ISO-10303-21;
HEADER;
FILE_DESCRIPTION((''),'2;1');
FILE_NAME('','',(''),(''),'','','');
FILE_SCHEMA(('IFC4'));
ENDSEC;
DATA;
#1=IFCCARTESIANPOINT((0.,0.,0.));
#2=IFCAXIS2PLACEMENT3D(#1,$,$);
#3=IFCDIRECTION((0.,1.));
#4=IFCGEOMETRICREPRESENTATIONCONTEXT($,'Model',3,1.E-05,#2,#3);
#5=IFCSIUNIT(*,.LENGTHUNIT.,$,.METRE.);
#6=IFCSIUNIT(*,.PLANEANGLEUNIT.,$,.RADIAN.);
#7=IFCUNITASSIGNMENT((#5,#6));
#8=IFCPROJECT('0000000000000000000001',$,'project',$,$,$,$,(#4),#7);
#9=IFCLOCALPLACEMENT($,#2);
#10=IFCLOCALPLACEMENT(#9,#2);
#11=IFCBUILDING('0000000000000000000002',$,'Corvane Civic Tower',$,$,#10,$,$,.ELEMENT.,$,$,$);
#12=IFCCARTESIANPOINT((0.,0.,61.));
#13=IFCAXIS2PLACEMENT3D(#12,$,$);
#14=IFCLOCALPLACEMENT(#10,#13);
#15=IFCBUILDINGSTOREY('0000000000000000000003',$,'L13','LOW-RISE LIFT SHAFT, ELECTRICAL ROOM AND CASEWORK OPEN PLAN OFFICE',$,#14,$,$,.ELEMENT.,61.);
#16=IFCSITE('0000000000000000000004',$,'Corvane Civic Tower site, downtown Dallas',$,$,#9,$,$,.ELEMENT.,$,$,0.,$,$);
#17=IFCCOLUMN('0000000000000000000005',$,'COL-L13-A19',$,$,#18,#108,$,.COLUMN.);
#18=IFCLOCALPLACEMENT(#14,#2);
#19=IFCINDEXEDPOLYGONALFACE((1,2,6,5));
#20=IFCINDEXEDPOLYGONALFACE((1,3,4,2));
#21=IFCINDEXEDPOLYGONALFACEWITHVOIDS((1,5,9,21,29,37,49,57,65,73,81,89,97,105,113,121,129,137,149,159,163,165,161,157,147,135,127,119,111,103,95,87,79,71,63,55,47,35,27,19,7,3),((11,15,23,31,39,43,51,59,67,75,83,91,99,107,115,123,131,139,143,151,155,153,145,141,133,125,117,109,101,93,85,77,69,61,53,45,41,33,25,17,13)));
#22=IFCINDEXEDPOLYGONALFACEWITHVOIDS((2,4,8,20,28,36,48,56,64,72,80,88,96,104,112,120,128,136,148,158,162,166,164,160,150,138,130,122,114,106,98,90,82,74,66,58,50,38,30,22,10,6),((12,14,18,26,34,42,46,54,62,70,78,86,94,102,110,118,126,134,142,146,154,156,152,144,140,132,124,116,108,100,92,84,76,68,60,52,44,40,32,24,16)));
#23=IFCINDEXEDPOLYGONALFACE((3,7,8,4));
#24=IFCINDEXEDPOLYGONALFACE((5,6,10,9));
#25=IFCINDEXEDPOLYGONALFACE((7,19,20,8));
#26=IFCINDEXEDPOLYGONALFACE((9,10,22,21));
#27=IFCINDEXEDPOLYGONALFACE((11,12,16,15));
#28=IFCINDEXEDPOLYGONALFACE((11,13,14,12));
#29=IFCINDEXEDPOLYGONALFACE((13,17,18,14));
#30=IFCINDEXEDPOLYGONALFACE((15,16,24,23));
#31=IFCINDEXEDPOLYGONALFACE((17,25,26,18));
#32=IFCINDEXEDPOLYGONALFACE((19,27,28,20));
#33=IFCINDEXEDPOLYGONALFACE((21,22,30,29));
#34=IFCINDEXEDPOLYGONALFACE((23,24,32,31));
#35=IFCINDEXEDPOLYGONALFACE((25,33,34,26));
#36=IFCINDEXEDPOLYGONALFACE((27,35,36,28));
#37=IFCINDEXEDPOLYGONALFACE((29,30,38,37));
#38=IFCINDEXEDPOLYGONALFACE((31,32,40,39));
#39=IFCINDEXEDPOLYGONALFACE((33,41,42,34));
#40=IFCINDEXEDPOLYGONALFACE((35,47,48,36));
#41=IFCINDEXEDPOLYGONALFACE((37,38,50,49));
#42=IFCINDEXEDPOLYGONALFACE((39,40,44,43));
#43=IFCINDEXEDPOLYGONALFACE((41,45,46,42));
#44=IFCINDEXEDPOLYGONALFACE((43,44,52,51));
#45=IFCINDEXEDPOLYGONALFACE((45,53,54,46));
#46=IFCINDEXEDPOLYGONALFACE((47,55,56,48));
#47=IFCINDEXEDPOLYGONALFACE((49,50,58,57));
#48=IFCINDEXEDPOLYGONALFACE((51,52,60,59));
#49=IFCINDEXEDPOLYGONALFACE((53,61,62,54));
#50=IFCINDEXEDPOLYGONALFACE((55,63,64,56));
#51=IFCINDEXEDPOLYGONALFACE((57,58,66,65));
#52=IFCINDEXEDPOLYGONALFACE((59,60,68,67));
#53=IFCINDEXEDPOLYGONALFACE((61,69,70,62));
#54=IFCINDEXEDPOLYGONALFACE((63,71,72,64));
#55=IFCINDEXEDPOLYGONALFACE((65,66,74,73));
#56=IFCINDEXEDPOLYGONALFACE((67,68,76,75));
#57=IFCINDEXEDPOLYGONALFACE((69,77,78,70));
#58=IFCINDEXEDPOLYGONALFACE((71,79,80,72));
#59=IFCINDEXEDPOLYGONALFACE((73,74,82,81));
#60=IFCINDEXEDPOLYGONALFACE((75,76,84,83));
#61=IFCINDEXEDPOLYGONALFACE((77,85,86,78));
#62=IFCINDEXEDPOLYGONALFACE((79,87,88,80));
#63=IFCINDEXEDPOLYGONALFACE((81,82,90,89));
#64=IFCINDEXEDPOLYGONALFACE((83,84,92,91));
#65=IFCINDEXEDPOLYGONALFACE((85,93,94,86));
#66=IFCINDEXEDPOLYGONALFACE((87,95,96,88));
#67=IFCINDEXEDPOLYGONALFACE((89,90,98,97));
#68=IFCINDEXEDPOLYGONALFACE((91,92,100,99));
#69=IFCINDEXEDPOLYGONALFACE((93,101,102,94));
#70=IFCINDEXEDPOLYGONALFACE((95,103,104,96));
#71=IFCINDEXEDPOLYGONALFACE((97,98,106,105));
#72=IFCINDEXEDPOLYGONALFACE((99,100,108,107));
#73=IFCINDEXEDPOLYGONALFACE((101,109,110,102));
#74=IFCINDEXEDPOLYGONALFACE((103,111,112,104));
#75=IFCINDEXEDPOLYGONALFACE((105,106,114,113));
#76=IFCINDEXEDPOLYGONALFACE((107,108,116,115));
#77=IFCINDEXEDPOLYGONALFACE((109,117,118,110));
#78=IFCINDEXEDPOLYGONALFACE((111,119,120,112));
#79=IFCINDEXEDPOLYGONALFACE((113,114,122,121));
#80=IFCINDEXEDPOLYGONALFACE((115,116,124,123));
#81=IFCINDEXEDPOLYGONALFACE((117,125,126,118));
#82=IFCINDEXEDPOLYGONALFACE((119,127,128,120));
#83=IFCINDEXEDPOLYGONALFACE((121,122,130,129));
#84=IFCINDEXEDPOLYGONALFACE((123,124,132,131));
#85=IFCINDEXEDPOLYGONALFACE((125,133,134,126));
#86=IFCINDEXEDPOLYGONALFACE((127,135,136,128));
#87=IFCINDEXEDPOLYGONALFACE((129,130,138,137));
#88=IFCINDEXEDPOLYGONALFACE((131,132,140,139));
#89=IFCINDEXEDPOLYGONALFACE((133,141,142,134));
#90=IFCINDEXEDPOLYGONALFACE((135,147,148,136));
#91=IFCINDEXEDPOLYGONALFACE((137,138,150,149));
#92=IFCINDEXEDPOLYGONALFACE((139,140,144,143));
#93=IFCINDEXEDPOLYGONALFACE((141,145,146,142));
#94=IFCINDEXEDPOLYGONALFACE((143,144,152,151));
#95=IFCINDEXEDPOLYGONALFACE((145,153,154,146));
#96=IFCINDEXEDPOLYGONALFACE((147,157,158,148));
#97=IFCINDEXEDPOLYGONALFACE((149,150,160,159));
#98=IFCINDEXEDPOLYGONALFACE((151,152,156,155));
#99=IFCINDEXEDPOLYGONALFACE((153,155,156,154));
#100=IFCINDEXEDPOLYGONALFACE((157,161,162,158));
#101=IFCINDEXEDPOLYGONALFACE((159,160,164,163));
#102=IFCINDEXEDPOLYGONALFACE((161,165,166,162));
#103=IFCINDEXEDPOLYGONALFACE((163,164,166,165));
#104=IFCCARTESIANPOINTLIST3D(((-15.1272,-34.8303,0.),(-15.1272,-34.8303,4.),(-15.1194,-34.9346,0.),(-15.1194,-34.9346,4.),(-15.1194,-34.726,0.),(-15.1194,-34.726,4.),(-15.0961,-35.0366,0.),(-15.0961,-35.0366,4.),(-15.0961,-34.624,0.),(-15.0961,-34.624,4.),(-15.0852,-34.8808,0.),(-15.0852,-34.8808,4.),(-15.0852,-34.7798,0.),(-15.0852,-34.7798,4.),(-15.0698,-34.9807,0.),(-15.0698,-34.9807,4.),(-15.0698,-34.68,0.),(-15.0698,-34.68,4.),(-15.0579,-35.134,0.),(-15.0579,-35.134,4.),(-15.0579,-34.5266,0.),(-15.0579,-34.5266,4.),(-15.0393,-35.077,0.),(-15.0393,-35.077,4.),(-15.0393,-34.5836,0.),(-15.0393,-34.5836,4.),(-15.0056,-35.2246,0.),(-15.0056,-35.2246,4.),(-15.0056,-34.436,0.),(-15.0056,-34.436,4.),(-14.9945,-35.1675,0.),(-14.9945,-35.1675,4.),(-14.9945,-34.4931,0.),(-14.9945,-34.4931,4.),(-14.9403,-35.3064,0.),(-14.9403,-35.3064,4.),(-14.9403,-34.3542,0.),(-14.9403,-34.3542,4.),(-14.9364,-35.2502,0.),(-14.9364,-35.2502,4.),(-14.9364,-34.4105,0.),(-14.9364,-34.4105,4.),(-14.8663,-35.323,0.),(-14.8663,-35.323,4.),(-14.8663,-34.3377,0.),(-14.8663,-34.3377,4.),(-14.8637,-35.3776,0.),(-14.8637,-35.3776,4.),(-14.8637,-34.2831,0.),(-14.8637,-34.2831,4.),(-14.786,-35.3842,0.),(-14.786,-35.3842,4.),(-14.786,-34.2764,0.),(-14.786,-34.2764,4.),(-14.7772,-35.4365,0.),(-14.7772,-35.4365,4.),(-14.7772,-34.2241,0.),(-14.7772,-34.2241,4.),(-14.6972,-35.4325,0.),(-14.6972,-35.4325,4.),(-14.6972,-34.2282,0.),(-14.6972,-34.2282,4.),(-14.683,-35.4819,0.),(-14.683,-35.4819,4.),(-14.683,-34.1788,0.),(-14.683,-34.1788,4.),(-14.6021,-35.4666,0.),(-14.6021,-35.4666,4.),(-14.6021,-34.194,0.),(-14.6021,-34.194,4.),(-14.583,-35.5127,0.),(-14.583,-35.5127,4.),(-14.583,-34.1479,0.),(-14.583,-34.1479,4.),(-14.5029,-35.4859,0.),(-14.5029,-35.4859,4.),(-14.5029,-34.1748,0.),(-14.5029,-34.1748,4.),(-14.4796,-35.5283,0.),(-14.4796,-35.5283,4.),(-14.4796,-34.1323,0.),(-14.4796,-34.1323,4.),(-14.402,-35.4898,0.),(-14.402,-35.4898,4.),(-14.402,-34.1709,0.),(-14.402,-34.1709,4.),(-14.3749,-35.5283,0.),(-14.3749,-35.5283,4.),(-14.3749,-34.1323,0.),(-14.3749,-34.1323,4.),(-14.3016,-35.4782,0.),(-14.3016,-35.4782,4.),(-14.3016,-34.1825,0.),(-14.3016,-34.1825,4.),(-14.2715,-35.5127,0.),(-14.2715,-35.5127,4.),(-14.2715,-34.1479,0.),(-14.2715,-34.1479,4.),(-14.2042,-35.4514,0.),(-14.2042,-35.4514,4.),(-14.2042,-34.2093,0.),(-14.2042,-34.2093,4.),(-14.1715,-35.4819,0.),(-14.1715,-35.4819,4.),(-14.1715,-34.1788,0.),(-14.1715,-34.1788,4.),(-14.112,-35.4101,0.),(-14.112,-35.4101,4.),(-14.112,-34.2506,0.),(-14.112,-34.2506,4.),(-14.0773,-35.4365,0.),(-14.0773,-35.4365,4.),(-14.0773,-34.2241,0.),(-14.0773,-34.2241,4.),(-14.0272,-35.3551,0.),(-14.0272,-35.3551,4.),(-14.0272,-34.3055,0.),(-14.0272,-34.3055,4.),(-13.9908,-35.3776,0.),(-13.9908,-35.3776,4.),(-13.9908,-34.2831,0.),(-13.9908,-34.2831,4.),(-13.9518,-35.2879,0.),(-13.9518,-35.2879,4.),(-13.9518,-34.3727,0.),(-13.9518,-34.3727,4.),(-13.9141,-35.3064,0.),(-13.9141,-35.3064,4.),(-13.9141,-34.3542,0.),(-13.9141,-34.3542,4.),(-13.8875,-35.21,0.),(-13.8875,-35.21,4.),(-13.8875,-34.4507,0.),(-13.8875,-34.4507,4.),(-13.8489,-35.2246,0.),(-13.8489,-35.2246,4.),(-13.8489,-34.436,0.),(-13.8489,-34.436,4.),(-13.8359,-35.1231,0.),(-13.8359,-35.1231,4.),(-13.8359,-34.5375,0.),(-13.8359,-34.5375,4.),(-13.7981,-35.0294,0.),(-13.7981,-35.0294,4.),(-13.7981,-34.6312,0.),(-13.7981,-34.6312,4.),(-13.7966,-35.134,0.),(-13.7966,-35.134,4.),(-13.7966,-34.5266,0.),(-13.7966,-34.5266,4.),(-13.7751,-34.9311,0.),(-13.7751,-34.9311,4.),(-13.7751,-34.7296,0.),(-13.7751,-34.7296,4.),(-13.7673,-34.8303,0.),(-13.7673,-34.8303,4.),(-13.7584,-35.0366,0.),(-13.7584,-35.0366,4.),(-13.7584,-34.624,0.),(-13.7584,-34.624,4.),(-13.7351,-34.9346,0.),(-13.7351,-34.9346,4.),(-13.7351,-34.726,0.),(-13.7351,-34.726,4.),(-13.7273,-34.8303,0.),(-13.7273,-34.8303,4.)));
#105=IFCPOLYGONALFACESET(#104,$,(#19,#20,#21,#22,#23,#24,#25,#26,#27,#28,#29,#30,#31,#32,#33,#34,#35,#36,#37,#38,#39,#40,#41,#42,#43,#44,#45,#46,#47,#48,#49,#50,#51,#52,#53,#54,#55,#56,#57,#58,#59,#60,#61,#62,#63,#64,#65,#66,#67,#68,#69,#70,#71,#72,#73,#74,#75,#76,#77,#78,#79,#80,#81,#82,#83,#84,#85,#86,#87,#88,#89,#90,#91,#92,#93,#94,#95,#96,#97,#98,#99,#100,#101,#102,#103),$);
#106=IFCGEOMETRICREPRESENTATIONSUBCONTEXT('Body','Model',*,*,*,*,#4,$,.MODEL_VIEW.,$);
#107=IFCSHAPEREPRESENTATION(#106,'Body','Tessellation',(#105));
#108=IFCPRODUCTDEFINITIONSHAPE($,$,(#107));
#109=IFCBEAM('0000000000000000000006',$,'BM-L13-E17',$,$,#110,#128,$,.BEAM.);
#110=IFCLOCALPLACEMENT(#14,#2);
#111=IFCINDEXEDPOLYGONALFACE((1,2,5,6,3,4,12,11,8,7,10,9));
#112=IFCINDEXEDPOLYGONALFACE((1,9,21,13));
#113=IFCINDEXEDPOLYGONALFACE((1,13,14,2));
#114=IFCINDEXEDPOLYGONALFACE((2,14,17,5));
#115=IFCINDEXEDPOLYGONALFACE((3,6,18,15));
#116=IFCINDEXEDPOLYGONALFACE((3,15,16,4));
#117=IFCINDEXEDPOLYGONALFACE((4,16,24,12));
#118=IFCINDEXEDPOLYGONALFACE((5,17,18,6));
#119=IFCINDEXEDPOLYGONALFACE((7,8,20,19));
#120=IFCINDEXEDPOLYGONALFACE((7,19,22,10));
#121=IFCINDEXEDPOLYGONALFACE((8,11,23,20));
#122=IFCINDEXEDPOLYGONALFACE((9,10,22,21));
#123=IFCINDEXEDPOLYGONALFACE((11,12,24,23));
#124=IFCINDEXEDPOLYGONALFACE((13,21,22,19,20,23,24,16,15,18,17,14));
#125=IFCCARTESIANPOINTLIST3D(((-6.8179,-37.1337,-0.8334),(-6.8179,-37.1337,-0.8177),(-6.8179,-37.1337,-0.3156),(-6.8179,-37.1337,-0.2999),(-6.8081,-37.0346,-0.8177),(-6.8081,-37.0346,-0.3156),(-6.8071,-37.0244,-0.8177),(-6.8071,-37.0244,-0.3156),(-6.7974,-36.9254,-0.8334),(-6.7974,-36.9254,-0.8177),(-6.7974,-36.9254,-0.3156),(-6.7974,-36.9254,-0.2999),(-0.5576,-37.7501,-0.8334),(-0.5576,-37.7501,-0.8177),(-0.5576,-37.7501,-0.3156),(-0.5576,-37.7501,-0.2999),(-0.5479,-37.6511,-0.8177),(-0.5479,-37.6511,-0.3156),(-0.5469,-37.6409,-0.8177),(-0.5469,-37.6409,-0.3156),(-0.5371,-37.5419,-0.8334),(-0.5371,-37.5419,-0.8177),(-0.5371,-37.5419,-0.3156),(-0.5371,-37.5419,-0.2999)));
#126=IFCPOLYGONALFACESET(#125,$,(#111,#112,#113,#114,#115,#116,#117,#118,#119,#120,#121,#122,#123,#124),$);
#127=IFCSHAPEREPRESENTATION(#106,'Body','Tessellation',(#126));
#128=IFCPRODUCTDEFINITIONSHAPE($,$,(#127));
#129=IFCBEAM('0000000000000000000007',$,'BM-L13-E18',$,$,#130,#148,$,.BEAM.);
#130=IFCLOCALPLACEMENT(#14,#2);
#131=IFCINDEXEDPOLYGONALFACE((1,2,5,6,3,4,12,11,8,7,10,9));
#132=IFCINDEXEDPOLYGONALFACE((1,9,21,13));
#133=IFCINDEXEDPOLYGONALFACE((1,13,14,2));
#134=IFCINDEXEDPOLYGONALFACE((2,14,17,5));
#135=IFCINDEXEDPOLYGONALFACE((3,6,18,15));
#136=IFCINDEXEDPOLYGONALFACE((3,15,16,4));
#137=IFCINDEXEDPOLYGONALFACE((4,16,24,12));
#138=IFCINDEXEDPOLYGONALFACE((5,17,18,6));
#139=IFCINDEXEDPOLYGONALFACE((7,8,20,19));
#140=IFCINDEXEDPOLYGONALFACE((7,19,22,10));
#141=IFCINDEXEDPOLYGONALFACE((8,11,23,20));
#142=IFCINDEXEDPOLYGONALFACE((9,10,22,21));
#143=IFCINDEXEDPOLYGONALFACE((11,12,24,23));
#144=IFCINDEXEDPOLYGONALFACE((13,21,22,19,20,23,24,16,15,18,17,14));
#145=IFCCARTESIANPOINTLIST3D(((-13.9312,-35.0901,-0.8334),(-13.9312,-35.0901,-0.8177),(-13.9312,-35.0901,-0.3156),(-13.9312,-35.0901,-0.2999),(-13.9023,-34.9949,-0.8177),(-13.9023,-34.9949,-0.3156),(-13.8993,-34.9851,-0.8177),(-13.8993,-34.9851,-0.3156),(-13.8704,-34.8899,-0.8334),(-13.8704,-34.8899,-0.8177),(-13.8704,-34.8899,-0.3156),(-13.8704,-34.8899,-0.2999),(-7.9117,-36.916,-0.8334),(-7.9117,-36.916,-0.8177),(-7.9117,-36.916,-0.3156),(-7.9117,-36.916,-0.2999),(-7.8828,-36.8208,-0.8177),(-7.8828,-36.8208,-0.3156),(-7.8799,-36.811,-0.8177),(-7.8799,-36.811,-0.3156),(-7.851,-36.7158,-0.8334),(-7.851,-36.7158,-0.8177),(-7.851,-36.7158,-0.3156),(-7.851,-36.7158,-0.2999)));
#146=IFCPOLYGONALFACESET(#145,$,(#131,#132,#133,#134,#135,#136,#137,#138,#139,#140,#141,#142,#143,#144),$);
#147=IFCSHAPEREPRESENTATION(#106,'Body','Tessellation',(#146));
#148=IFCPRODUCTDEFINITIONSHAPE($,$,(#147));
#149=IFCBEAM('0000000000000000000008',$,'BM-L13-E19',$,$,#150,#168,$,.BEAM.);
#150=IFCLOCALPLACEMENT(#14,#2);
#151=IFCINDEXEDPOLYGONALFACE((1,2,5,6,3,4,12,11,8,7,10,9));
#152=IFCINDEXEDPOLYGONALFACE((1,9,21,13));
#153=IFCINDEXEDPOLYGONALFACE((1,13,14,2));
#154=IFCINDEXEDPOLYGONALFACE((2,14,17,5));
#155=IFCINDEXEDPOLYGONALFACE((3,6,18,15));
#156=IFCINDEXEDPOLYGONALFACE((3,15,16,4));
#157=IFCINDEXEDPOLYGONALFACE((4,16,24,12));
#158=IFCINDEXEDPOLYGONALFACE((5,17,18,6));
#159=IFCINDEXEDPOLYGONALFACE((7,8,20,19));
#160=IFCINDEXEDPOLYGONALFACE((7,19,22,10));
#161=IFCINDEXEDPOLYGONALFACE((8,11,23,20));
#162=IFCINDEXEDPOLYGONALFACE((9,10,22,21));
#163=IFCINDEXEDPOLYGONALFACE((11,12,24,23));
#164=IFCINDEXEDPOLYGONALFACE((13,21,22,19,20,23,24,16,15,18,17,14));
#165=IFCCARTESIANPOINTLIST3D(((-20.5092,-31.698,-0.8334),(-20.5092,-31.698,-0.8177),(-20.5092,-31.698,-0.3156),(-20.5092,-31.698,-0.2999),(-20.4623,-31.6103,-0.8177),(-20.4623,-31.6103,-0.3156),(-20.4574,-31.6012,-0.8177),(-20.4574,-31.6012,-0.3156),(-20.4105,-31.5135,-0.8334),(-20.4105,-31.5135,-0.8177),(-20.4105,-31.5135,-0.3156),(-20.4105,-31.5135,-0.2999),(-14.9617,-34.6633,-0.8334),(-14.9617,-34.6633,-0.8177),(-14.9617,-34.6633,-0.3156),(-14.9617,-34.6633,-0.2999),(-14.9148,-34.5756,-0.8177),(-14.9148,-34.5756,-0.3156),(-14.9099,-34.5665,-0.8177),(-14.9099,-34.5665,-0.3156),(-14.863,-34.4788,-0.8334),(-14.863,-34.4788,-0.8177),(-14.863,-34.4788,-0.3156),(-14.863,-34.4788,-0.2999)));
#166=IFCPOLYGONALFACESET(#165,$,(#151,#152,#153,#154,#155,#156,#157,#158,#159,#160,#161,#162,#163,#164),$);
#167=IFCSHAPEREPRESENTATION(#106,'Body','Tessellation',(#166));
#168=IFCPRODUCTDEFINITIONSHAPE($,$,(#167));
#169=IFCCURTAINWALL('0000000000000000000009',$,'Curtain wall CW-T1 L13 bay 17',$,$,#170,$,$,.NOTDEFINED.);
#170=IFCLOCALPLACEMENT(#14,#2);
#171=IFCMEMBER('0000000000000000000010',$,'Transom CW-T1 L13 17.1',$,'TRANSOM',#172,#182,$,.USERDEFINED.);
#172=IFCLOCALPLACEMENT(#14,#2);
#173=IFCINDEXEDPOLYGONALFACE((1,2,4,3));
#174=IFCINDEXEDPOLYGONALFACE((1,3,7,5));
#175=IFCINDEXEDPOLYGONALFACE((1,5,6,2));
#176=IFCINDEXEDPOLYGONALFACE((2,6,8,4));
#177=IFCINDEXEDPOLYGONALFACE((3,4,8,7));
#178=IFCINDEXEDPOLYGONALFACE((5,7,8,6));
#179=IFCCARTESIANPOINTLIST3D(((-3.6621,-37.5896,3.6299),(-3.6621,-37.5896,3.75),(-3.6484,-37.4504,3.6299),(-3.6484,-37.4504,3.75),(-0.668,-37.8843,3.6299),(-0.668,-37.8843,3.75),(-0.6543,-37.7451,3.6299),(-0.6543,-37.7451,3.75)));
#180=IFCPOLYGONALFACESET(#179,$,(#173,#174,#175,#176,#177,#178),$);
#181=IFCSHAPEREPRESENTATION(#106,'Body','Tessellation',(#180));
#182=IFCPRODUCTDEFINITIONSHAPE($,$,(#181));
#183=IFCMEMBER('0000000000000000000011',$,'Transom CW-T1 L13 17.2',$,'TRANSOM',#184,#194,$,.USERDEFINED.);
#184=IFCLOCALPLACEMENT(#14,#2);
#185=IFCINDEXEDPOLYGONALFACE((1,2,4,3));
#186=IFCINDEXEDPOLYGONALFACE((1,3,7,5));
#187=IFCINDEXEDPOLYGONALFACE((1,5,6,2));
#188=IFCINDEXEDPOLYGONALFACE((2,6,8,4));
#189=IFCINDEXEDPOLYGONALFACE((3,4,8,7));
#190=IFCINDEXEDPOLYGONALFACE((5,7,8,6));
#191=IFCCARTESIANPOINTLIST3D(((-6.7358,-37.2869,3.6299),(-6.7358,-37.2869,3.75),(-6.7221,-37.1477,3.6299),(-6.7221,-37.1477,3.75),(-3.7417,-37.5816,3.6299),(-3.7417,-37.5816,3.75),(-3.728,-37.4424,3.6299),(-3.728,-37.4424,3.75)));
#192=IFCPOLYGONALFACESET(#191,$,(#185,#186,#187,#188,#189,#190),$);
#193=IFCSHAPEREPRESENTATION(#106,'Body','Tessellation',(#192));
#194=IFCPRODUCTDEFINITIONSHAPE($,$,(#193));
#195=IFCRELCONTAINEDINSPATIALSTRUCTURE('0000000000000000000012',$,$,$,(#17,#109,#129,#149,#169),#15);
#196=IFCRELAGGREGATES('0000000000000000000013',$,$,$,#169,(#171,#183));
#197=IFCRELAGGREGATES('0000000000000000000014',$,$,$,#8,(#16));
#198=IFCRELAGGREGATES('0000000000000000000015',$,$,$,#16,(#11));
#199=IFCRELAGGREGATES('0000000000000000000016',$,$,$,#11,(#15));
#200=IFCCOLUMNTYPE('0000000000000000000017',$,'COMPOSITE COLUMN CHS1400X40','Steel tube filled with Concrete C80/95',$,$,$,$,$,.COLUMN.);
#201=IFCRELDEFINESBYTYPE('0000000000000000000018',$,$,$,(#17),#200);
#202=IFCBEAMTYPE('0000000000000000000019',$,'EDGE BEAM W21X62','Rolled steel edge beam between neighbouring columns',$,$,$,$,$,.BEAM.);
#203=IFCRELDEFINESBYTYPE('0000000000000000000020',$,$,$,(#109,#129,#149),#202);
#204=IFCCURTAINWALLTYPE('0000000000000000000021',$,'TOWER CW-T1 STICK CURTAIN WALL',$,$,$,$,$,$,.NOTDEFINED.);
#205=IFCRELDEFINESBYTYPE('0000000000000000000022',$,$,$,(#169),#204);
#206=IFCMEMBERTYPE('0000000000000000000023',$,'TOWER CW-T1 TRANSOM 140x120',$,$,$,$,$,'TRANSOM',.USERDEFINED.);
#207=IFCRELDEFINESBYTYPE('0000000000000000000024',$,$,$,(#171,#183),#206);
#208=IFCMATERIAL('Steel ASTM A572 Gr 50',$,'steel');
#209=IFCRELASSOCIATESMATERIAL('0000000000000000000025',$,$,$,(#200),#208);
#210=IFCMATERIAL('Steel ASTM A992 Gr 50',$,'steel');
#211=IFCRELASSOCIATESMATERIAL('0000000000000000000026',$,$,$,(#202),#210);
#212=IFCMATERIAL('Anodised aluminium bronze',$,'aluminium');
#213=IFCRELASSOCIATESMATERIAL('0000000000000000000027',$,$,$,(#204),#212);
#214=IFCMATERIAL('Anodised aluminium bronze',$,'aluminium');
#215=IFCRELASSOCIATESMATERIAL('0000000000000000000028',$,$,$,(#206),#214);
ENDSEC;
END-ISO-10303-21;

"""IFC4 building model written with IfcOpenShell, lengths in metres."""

from ifc_helpers import new_model, si_unit, direction, frame, origin, origin_2d, place, context, subcontext, project, spatial, rectangle, hollow_circle, i_section, extrude, material, material_profile, profile_set, type_object, element, aggregate, save


model = new_model("IFC4")

# Units and contexts
model_context = context("Model", 3, precision=1e-05, world=origin(), true_north=direction((0.0, 1.0)))
body_context = subcontext(model_context, "Body", "Model", "MODEL_VIEW")
ifc_project = project(units=[si_unit("LENGTHUNIT", "METRE"), si_unit("PLANEANGLEUNIT", "RADIAN")], contexts=[model_context])

# Site, building, storey
site_placement = place(None, origin())
site = spatial("IfcSite", under=ifc_project, at=site_placement, Name="Corvane Civic Tower site, downtown Dallas", CompositionType="ELEMENT", RefElevation=0.0)
building_placement = place(site_placement, origin())
building = spatial("IfcBuilding", under=site, at=building_placement, Name="Corvane Civic Tower", CompositionType="ELEMENT")
storey_placement = place(building_placement, frame((0.0, 0.0, 61.0)))
storey = spatial("IfcBuildingStorey", under=building, at=storey_placement, Name="L13", Description="LOW-RISE LIFT SHAFT, ELECTRICAL ROOM AND CASEWORK OPEN PLAN OFFICE", CompositionType="ELEMENT", Elevation=61.0)

# Column
ifc_material_1 = material(Name="Steel ASTM A572 Gr 50", Category="steel")
ifc_material_profile_1 = material_profile(ifc_material_1, hollow_circle(Radius=0.7, WallThickness=0.04, at=origin_2d()), Name="CHS1400X40")
ifc_profile_set_1 = profile_set([ifc_material_profile_1], Name="Steel ASTM A572 Gr 50")
column_type = type_object("IfcColumnType", Name="COMPOSITE COLUMN CHS1400X40", Description="Steel tube filled with Concrete C80/95", PredefinedType="COLUMN", material=ifc_profile_set_1)
for number, where, z_axis, x_axis, name in (
    (1, (-14.4272, -34.8303, 0.0), (0.0, 0.0, 1.0), (1.0, 0.0, 0.0), "COL-L13-A19"),
):
    element("IfcColumn", number, at=place(storey_placement, frame(where, z_axis=z_axis, x_axis=x_axis)), inside=storey, type_object=column_type, Name=name, PredefinedType="COLUMN", context=body_context, shape_type="SweptSolid", body=[
        extrude(hollow_circle(Radius=0.7, WallThickness=0.04, at=origin_2d()), origin(), (0.0, 0.0, 1.0), 4.0),
    ])

# Beams
ifc_material_2 = material(Name="Steel ASTM A992 Gr 50", Category="steel")
ifc_material_profile_2 = material_profile(ifc_material_2, i_section(OverallWidth=0.2092, OverallDepth=0.5334, WebThickness=0.0103, FlangeThickness=0.0156, at=origin_2d()), Name="W21X62")
ifc_profile_set_2 = profile_set([ifc_material_profile_2], Name="Steel ASTM A992 Gr 50")
beam_type = type_object("IfcBeamType", Name="EDGE BEAM W21X62", Description="Rolled steel edge beam between neighbouring columns", PredefinedType="BEAM", material=ifc_profile_set_2)
beam_placement = place(storey_placement, frame((-0.5474, -37.646, -0.5667), z_axis=(-0.995187, 0.097997, 0.0), x_axis=(-0.097997, -0.995187, 0.0)))
element("IfcBeam", 2, at=beam_placement, inside=storey, type_object=beam_type, Name="BM-L13-E17", PredefinedType="BEAM", context=body_context, shape_type="SweptSolid", body=[
    extrude(i_section(OverallWidth=0.2092, OverallDepth=0.5334, WebThickness=0.0103, FlangeThickness=0.0156, at=origin_2d()), origin(), (0.0, 0.0, 1.0), 6.2905),
])
for number, where, z_axis, x_axis, name in (
    (3, (-7.8813, -36.8159, -0.5667), (-0.956944, 0.290273, 0.0), (-0.290273, -0.956944, 0.0), "BM-L13-E18"),
    (4, (-14.9124, -34.571, -0.5667), (-0.881916, 0.471406, 0.0), (-0.471406, -0.881916, 0.0), "BM-L13-E19"),
):
    element("IfcBeam", number, at=place(storey_placement, frame(where, z_axis=z_axis, x_axis=x_axis)), inside=storey, type_object=beam_type, Name=name, PredefinedType="BEAM", context=body_context, shape_type="SweptSolid", body=[
        extrude(i_section(OverallWidth=0.2092, OverallDepth=0.5334, WebThickness=0.0103, FlangeThickness=0.0156, at=origin_2d()), origin(), (0.0, 0.0, 1.0), 6.2903),
    ])

# Curtain wall, members
ifc_material_3 = material(Name="Anodised aluminium bronze", Category="aluminium")
curtain_wall_type = type_object("IfcCurtainWallType", Name="TOWER CW-T1 STICK CURTAIN WALL", PredefinedType="NOTDEFINED", material=ifc_material_3)
curtain_wall_1_placement = place(storey_placement, origin())
curtain_wall_1 = element("IfcCurtainWall", 5, at=curtain_wall_1_placement, inside=storey, type_object=curtain_wall_type, Name="Curtain wall CW-T1 L13 bay 17", PredefinedType="NOTDEFINED")
ifc_material_4 = material(Name="Anodised aluminium bronze", Category="aluminium")
ifc_material_profile_3 = material_profile(ifc_material_4, rectangle(XDim=0.1399, YDim=0.1201, at=origin_2d()), Name="TOWER CW-T1 TRANSOM 140x120")
ifc_profile_set_3 = profile_set([ifc_material_profile_3], Name="Anodised aluminium bronze")
member_type_1 = type_object("IfcMemberType", Name="TOWER CW-T1 TRANSOM 140x120", ElementType="TRANSOM", PredefinedType="USERDEFINED", material=ifc_profile_set_3)
member_1_placement = place(storey_placement, frame((-0.6611, -37.8147, 3.6899), z_axis=(-0.995192, 0.097945, 0.0), x_axis=(-0.097945, -0.995192, 0.0)))
member_1 = element("IfcMember", 6, at=member_1_placement, type_object=member_type_1, Name="Transom CW-T1 L13 17.1", ObjectType="TRANSOM", PredefinedType="USERDEFINED", context=body_context, shape_type="SweptSolid", body=[
    extrude(rectangle(XDim=0.1399, YDim=0.1201, at=origin_2d()), origin(), (0.0, 0.0, 1.0), 3.0085),
])
member_2_placement = place(storey_placement, frame((-3.7349, -37.512, 3.6899), z_axis=(-0.995192, 0.097945, 0.0), x_axis=(-0.097945, -0.995192, 0.0)))
member_2 = element("IfcMember", 7, at=member_2_placement, type_object=member_type_1, Name="Transom CW-T1 L13 17.2", ObjectType="TRANSOM", PredefinedType="USERDEFINED", context=body_context, shape_type="SweptSolid", body=[
    extrude(rectangle(XDim=0.1399, YDim=0.1201, at=origin_2d()), origin(), (0.0, 0.0, 1.0), 3.0085),
])

aggregate(curtain_wall_1, [member_1, member_2])

save(model, "model.ifc")
